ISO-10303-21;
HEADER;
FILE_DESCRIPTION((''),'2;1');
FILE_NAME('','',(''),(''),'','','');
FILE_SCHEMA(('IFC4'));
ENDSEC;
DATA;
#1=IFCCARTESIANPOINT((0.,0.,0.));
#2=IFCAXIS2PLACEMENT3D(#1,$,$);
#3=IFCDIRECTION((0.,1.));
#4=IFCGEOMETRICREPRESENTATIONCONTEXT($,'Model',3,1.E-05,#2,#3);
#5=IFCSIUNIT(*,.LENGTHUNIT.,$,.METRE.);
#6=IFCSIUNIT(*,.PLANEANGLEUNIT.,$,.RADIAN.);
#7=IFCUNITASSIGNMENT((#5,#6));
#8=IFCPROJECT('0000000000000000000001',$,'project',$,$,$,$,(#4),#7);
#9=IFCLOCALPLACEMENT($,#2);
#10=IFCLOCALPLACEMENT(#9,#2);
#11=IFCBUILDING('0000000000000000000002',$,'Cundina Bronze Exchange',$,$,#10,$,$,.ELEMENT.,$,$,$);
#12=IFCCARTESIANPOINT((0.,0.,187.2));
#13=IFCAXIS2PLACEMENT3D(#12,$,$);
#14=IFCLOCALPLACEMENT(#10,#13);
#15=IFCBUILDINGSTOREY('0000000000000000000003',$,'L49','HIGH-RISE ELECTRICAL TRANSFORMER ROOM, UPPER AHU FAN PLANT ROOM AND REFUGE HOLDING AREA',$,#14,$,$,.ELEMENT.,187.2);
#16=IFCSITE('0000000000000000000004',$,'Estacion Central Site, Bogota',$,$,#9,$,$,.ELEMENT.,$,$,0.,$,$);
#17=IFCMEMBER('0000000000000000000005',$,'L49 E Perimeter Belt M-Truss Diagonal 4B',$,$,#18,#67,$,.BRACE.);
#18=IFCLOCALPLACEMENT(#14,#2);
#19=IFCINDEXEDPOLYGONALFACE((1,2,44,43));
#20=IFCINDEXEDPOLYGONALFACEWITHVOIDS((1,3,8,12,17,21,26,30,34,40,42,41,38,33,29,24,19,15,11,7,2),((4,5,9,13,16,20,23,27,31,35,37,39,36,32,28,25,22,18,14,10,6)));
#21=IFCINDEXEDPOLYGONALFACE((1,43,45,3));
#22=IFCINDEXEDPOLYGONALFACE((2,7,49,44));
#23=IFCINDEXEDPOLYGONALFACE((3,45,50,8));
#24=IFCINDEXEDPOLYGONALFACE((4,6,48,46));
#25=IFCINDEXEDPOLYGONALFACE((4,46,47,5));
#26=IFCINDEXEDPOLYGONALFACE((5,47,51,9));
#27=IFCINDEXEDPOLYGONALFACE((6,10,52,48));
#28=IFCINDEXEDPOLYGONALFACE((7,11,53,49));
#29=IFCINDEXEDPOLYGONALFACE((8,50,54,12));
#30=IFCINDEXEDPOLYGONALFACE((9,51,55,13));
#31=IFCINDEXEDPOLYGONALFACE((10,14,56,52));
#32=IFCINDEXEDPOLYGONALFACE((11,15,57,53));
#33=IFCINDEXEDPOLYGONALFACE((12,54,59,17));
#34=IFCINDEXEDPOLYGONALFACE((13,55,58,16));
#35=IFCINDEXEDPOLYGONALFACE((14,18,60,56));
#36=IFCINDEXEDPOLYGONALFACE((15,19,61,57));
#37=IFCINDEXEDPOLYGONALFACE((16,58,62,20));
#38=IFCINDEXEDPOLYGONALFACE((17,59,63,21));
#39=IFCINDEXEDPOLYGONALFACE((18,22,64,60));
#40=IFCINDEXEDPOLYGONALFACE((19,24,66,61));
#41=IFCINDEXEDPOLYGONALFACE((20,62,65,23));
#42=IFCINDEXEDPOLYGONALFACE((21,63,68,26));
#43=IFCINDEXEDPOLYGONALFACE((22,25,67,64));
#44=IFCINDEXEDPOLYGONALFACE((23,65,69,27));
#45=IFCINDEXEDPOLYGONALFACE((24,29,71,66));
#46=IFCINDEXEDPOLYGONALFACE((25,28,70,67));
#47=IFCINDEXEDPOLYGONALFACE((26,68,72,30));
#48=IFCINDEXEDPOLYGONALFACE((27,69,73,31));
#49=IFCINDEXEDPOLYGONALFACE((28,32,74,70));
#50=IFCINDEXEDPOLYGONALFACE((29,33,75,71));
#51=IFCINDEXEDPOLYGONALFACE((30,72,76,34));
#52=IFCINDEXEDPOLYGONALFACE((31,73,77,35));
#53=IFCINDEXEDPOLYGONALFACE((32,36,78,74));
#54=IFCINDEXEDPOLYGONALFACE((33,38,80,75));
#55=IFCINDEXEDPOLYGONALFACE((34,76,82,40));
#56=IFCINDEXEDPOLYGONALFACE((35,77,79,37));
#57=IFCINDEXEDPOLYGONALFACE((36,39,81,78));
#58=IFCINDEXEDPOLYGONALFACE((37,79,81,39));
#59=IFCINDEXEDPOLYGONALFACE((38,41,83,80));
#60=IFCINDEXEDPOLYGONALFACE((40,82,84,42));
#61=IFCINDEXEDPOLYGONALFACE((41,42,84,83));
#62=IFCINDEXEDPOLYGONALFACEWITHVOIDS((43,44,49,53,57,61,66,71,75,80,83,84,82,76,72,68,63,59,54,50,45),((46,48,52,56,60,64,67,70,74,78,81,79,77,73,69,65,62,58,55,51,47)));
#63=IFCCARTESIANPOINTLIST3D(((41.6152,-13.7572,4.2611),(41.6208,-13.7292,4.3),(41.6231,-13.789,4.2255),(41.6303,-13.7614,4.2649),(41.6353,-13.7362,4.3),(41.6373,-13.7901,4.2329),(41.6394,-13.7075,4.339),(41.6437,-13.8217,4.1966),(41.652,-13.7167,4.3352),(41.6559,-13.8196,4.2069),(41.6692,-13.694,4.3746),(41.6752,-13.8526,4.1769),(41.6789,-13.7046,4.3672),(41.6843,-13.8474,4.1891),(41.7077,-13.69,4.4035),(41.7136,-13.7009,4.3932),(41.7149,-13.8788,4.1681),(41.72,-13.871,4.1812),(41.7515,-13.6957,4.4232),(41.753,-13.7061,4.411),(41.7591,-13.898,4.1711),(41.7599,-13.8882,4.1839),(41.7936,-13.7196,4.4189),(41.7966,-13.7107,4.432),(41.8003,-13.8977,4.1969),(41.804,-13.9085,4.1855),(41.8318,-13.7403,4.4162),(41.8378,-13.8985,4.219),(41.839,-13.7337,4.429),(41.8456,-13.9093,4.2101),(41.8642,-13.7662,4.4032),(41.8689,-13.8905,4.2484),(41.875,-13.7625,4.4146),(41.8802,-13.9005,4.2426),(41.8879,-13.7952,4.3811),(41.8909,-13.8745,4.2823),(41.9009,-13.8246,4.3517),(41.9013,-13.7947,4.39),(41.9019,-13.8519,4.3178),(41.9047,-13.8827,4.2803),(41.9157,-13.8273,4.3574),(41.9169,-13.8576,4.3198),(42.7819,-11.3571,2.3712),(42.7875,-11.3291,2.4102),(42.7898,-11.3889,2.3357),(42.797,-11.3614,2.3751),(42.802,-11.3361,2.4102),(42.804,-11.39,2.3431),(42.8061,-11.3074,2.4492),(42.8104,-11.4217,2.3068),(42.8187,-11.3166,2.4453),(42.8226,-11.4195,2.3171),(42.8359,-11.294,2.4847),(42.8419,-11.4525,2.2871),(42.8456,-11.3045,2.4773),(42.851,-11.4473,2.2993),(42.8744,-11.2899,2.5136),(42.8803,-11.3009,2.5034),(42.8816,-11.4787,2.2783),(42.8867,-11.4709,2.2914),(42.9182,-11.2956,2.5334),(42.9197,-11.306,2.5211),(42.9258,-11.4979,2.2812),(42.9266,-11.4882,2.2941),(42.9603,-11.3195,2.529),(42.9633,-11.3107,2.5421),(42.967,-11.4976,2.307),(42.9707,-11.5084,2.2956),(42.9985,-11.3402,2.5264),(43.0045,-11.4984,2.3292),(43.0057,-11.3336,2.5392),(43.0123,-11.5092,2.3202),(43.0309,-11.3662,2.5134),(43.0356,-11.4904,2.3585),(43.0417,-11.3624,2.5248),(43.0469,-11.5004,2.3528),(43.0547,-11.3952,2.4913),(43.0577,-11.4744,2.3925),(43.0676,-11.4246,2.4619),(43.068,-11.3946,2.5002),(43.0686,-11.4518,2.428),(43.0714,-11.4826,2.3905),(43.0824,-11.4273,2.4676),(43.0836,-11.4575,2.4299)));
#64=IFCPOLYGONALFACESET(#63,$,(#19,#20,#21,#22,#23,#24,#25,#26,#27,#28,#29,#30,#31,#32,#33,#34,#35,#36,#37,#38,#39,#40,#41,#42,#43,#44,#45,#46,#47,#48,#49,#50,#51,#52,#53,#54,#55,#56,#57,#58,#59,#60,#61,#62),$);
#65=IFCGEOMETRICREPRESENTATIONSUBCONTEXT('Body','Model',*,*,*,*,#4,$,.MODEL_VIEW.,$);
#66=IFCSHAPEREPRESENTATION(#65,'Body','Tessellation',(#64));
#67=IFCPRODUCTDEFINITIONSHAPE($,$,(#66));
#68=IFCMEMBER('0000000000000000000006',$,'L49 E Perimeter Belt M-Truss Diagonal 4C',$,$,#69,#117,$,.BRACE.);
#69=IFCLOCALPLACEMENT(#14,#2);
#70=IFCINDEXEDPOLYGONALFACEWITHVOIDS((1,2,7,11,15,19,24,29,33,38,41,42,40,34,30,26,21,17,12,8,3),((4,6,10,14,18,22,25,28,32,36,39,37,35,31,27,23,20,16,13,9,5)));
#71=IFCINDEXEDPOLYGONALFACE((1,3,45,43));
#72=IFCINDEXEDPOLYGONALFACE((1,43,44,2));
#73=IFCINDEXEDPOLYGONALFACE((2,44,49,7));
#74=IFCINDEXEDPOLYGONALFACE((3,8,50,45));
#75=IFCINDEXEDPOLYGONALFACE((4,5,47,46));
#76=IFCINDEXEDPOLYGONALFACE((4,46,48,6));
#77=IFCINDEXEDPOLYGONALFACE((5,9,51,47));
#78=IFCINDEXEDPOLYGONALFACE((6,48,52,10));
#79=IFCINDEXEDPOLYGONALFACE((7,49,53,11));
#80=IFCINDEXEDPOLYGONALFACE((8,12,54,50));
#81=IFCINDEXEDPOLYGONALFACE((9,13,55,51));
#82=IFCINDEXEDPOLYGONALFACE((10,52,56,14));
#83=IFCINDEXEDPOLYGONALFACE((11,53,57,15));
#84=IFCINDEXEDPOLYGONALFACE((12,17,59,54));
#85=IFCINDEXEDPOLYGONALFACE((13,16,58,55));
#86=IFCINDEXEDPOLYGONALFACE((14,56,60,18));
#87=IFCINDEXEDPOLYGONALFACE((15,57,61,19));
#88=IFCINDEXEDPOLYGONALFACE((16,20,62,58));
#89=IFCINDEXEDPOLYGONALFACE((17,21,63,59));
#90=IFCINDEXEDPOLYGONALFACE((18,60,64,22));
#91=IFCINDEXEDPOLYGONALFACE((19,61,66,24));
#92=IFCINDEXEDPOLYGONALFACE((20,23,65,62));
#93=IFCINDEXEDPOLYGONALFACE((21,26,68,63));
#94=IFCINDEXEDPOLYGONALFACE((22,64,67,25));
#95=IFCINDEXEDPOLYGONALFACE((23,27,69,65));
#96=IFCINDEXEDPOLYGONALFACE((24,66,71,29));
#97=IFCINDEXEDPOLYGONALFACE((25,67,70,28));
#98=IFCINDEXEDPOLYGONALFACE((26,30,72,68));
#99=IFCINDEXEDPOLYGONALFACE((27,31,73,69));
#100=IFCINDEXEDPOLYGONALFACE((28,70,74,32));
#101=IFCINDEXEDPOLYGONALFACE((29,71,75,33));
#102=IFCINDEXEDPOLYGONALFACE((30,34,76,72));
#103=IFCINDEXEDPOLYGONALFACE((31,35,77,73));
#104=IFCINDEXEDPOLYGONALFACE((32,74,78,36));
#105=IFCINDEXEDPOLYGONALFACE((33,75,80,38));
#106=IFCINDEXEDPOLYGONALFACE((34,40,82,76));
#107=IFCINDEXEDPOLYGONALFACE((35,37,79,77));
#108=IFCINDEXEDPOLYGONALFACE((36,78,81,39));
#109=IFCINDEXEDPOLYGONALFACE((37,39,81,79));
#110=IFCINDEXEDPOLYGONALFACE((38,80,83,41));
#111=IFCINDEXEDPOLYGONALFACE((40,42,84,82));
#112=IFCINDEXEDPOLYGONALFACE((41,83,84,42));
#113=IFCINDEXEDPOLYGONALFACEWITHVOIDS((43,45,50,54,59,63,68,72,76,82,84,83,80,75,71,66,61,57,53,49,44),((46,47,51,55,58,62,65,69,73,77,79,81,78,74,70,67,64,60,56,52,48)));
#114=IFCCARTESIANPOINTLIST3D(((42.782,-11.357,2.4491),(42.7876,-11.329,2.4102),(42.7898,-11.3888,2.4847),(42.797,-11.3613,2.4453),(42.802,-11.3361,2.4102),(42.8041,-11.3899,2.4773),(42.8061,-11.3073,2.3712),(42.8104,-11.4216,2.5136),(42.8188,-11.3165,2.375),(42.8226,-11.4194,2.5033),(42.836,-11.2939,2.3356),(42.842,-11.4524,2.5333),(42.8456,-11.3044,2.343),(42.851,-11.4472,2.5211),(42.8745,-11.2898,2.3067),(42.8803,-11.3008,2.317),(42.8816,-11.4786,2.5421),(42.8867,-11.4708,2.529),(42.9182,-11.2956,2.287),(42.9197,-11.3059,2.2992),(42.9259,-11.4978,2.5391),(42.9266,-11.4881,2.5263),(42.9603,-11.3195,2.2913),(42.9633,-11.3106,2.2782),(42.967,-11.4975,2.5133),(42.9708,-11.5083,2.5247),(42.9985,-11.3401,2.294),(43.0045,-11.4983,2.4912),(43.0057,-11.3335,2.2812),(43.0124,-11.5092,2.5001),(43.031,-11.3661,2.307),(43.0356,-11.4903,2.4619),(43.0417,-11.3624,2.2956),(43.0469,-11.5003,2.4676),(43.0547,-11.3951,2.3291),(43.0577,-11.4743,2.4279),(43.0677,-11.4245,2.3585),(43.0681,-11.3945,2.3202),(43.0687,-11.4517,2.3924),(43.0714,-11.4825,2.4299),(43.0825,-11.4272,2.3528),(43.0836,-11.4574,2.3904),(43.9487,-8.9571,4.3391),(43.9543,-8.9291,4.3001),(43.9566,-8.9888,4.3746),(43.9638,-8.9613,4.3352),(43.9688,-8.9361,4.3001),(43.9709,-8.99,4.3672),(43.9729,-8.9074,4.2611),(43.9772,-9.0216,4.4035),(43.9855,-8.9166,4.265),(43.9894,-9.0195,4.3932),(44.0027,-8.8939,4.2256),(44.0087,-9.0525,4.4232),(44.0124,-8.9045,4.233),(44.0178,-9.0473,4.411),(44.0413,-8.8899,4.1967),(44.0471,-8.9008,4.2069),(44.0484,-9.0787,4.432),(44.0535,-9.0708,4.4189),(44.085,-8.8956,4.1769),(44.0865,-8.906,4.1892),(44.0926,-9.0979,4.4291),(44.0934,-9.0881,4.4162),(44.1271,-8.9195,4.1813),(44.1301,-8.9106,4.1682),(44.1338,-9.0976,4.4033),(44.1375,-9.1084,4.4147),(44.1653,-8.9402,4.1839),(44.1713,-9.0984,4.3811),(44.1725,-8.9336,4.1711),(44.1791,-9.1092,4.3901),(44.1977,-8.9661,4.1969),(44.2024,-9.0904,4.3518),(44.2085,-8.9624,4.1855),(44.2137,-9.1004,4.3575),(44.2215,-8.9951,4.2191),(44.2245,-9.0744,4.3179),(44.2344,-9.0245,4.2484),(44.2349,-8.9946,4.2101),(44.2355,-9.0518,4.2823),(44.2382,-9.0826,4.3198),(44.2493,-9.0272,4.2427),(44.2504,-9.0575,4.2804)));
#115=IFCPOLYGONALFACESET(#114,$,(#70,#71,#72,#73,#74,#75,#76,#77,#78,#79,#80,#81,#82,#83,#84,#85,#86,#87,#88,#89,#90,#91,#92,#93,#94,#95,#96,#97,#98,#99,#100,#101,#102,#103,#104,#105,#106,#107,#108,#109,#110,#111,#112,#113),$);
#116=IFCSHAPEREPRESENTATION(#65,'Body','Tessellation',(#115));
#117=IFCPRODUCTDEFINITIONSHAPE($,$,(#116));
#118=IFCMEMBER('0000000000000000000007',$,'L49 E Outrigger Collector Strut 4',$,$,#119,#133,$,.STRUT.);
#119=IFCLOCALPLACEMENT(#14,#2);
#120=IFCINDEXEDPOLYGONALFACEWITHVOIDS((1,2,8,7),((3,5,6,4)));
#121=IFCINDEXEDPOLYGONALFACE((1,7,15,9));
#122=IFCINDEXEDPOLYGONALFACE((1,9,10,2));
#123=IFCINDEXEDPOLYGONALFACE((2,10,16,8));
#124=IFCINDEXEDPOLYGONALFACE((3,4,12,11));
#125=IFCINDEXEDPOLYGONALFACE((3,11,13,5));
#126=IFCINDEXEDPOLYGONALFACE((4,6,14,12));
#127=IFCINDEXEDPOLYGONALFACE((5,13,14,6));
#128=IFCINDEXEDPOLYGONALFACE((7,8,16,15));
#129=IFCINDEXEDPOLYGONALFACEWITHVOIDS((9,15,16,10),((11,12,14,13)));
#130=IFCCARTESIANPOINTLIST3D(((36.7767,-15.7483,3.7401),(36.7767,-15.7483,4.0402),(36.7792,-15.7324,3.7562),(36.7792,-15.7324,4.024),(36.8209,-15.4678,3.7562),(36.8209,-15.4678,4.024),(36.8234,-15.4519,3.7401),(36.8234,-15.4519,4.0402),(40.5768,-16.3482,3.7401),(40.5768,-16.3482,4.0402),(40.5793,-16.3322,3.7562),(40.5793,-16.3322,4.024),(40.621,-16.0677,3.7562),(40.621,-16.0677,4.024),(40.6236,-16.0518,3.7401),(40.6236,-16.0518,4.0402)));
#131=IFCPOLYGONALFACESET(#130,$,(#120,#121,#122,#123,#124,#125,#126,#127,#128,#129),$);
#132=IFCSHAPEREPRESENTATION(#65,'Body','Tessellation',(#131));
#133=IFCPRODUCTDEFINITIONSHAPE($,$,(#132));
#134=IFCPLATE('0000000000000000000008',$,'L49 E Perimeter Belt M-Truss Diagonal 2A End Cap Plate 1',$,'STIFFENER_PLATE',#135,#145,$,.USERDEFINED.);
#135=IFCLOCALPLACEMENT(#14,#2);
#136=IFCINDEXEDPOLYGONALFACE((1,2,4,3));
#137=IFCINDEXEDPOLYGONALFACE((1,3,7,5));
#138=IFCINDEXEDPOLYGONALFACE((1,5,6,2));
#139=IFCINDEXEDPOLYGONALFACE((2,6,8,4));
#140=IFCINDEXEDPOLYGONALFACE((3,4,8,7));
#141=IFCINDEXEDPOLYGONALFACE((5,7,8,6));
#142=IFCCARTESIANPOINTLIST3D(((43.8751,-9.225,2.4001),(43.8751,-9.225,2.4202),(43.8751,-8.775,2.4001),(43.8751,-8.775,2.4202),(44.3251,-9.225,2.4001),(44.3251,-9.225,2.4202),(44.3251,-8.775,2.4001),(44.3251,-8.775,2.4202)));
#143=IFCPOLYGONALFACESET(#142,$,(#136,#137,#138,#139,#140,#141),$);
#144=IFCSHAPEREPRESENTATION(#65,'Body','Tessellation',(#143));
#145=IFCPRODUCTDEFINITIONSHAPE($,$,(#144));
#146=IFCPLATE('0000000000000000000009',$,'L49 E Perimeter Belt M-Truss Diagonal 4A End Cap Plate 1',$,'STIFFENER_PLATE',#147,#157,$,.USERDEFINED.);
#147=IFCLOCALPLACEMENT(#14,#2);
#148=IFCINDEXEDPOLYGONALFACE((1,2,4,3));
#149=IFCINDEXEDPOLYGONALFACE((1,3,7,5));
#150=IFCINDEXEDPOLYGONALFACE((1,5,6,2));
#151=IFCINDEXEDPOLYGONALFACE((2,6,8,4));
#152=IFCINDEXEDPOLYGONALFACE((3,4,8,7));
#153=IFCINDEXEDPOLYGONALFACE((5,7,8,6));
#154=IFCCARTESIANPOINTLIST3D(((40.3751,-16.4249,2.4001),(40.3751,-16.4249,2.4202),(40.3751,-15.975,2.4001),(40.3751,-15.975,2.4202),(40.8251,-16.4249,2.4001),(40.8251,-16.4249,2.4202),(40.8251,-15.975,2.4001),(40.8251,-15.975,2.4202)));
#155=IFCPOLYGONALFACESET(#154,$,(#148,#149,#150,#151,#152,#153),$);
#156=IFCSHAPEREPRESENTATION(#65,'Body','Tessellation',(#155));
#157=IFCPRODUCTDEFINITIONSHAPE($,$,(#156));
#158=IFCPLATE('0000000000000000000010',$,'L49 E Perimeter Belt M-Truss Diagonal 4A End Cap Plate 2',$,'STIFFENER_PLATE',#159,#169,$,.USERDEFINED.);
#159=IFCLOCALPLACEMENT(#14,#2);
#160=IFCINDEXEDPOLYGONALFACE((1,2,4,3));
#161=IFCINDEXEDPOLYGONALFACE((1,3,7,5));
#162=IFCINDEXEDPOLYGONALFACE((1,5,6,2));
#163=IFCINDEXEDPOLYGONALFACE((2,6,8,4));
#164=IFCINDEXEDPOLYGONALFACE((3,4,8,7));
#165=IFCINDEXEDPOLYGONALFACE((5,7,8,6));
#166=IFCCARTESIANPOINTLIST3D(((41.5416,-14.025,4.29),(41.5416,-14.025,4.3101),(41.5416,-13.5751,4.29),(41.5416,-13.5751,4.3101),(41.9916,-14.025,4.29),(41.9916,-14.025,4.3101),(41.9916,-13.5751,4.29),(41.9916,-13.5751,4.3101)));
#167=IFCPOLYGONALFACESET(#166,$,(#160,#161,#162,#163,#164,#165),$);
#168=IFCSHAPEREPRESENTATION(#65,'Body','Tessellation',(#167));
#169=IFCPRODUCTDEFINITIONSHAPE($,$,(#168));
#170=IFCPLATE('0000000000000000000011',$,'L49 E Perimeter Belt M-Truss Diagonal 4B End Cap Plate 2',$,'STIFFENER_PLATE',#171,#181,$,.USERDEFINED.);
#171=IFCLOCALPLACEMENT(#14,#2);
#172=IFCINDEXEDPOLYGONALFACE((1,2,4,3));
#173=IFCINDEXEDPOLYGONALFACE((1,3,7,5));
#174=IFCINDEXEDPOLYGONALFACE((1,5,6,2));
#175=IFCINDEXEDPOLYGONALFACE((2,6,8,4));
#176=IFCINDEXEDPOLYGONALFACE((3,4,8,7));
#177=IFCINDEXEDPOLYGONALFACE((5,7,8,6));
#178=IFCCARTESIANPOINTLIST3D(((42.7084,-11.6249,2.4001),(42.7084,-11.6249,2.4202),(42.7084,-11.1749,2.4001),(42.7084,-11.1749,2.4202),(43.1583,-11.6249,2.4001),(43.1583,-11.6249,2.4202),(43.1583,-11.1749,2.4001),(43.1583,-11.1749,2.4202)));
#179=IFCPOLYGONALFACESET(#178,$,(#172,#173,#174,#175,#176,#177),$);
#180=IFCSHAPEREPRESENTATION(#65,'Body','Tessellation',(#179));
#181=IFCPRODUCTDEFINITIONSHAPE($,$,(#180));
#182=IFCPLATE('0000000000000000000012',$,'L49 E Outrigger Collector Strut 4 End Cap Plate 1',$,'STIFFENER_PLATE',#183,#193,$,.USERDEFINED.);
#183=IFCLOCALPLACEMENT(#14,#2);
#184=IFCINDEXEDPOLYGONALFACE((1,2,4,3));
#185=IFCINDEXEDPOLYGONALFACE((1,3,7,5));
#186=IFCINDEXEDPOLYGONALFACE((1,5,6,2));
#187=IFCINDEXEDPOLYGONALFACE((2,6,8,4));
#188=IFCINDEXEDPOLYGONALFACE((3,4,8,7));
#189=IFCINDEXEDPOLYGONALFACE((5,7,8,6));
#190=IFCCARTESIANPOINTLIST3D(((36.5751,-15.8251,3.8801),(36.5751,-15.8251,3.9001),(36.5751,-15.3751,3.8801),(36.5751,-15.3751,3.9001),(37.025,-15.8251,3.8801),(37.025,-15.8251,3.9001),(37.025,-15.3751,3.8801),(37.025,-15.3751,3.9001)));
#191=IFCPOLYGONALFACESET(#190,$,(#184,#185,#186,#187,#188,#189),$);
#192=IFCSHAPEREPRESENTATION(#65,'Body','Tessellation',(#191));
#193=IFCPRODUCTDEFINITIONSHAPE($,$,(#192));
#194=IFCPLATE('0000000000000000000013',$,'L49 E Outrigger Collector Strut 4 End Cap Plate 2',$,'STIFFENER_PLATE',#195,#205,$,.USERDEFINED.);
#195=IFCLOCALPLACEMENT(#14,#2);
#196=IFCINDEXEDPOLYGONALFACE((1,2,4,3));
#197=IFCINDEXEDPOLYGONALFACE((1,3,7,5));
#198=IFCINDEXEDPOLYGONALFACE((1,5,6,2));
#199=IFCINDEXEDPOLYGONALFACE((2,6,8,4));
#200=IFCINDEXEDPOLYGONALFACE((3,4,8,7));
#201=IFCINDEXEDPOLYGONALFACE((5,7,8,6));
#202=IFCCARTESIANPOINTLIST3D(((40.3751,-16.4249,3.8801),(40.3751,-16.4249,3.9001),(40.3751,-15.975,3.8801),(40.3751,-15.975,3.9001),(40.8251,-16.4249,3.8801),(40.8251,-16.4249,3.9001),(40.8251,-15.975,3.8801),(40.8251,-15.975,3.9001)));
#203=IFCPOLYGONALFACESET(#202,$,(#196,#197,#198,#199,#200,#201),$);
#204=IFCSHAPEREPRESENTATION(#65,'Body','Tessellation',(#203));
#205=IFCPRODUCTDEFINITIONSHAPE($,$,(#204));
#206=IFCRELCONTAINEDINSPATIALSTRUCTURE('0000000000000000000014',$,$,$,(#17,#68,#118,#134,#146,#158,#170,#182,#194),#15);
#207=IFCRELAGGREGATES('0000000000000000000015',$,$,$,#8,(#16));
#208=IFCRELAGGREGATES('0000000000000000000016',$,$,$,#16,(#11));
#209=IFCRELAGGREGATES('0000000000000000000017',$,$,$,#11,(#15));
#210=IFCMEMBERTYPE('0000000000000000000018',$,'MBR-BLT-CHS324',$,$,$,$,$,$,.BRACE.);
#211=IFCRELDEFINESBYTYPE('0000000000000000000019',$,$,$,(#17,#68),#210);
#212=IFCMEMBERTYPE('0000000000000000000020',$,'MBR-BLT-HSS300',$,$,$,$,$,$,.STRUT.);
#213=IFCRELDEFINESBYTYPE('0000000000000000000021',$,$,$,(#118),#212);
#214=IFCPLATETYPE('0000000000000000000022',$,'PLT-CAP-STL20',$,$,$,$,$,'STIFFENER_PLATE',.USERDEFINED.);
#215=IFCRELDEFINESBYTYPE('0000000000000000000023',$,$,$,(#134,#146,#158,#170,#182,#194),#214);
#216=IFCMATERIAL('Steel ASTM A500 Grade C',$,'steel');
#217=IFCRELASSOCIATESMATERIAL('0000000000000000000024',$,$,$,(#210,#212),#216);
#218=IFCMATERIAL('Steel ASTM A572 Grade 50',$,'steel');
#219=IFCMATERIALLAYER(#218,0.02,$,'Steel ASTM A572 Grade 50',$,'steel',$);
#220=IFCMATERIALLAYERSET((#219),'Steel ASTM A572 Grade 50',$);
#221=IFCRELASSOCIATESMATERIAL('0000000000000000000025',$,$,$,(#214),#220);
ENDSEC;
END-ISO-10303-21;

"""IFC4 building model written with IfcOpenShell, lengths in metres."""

from ifc_helpers import new_model, si_unit, direction, frame, origin, origin_2d, place, context, subcontext, project, spatial, rectangle, hollow_rectangle, hollow_circle, extrude, material, layer, layer_set, material_profile, profile_set, type_object, element, save


model = new_model("IFC4")

# Units and contexts
model_context = context("Model", 3, precision=1e-05, world=origin(), true_north=direction((0.0, 1.0)))
body_context = subcontext(model_context, "Body", "Model", "MODEL_VIEW")
ifc_project = project(units=[si_unit("LENGTHUNIT", "METRE"), si_unit("PLANEANGLEUNIT", "RADIAN")], contexts=[model_context])

# Site, building, storey
site_placement = place(None, origin())
site = spatial("IfcSite", under=ifc_project, at=site_placement, Name="Estacion Central Site, Bogota", CompositionType="ELEMENT", RefElevation=0.0)
building_placement = place(site_placement, origin())
building = spatial("IfcBuilding", under=site, at=building_placement, Name="Cundina Bronze Exchange", CompositionType="ELEMENT")
storey_placement = place(building_placement, frame((0.0, 0.0, 187.2)))
storey = spatial("IfcBuildingStorey", under=building, at=storey_placement, Name="L49", Description="HIGH-RISE ELECTRICAL TRANSFORMER ROOM, UPPER AHU FAN PLANT ROOM AND REFUGE HOLDING AREA", CompositionType="ELEMENT", Elevation=187.2)

# Members
ifc_material_1 = material(Name="Steel ASTM A500 Grade C", Category="steel")
ifc_material_profile_1 = material_profile(ifc_material_1, hollow_circle(Radius=0.1621, WallThickness=0.0161, at=origin_2d()), Name="CHS324X16", Category="steel")
ifc_profile_set_1 = profile_set([ifc_material_profile_1], Name="Steel ASTM A500 Grade C")
member_type_1 = type_object("IfcMemberType", Name="MBR-BLT-CHS324", PredefinedType="BRACE", material=ifc_profile_set_1)
for number, where, z_axis, x_axis, name in (
    (1, (41.7666, -13.8, 4.3), (0.35679, 0.733962, -0.577927), (-0.899366, 0.437196, 0.0), "L49 E Perimeter Belt M-Truss Diagonal 4B"),
    (2, (42.9333, -11.3999, 2.4102), (0.35681, 0.733928, 0.577959), (-0.899349, 0.437232, 0.0), "L49 E Perimeter Belt M-Truss Diagonal 4C"),
):
    element("IfcMember", number, at=place(storey_placement, frame(where, z_axis=z_axis, x_axis=x_axis)), inside=storey, type_object=member_type_1, Name=name, PredefinedType="BRACE", context=body_context, shape_type="SweptSolid", body=[
        extrude(hollow_circle(Radius=0.1621, WallThickness=0.0161, at=origin_2d()), origin(), (0.0, 0.0, 1.0), 3.27),
    ])
ifc_material_profile_2 = material_profile(ifc_material_1, hollow_rectangle(XDim=0.3, YDim=0.3, WallThickness=0.0161, at=origin_2d()), Name="HSS300X300X16", Category="steel")
ifc_profile_set_2 = profile_set([ifc_material_profile_2], Name="Steel ASTM A500 Grade C")
member_type_2 = type_object("IfcMemberType", Name="MBR-BLT-HSS300", PredefinedType="STRUT", material=ifc_profile_set_2)
member_placement = place(storey_placement, frame((36.8, -15.6001, 3.8901), z_axis=(0.987769, -0.155923, 0.0), x_axis=(0.155923, 0.987769, 0.0)))
element("IfcMember", 3, at=member_placement, inside=storey, type_object=member_type_2, Name="L49 E Outrigger Collector Strut 4", PredefinedType="STRUT", context=body_context, shape_type="SweptSolid", body=[
    extrude(hollow_rectangle(XDim=0.3, YDim=0.3, WallThickness=0.0161, at=origin_2d()), origin(), (0.0, 0.0, 1.0), 3.8472),
])

# Plates
ifc_material_2 = material(Name="Steel ASTM A572 Grade 50", Category="steel")
ifc_layer_1 = layer(ifc_material_2, 0.02, Name="Steel ASTM A572 Grade 50", Category="steel")
ifc_layer_set_1 = layer_set([ifc_layer_1], Name="Steel ASTM A572 Grade 50")
plate_type = type_object("IfcPlateType", Name="PLT-CAP-STL20", ElementType="STIFFENER_PLATE", PredefinedType="USERDEFINED", material=ifc_layer_set_1)
for number, where, z_axis, x_axis, name in (
    (4, (44.1001, -9.0, 2.4001), (0.0, 0.0, 1.0), (1.0, 0.0, 0.0), "L49 E Perimeter Belt M-Truss Diagonal 2A End Cap Plate 1"),
    (5, (40.6001, -16.2, 2.4001), (0.0, 0.0, 1.0), (1.0, 0.0, 0.0), "L49 E Perimeter Belt M-Truss Diagonal 4A End Cap Plate 1"),
    (6, (41.7666, -13.8, 4.29), (0.0, 0.0, 1.0), (1.0, 0.0, 0.0), "L49 E Perimeter Belt M-Truss Diagonal 4A End Cap Plate 2"),
    (7, (42.9333, -11.3999, 2.4001), (0.0, 0.0, 1.0), (1.0, 0.0, 0.0), "L49 E Perimeter Belt M-Truss Diagonal 4B End Cap Plate 2"),
    (8, (36.8, -15.6001, 3.8801), (0.0, 0.0, 1.0), (1.0, 0.0, 0.0), "L49 E Outrigger Collector Strut 4 End Cap Plate 1"),
    (9, (40.6001, -16.2, 3.8801), (0.0, 0.0, 1.0), (1.0, 0.0, 0.0), "L49 E Outrigger Collector Strut 4 End Cap Plate 2"),
):
    element("IfcPlate", number, at=place(storey_placement, frame(where, z_axis=z_axis, x_axis=x_axis)), inside=storey, type_object=plate_type, Name=name, ObjectType="STIFFENER_PLATE", PredefinedType="USERDEFINED", context=body_context, shape_type="SweptSolid", body=[
        extrude(rectangle(XDim=0.45, YDim=0.45, at=origin_2d()), origin(), (0.0, 0.0, 1.0), 0.02),
    ])

save(model, "model.ifc")
